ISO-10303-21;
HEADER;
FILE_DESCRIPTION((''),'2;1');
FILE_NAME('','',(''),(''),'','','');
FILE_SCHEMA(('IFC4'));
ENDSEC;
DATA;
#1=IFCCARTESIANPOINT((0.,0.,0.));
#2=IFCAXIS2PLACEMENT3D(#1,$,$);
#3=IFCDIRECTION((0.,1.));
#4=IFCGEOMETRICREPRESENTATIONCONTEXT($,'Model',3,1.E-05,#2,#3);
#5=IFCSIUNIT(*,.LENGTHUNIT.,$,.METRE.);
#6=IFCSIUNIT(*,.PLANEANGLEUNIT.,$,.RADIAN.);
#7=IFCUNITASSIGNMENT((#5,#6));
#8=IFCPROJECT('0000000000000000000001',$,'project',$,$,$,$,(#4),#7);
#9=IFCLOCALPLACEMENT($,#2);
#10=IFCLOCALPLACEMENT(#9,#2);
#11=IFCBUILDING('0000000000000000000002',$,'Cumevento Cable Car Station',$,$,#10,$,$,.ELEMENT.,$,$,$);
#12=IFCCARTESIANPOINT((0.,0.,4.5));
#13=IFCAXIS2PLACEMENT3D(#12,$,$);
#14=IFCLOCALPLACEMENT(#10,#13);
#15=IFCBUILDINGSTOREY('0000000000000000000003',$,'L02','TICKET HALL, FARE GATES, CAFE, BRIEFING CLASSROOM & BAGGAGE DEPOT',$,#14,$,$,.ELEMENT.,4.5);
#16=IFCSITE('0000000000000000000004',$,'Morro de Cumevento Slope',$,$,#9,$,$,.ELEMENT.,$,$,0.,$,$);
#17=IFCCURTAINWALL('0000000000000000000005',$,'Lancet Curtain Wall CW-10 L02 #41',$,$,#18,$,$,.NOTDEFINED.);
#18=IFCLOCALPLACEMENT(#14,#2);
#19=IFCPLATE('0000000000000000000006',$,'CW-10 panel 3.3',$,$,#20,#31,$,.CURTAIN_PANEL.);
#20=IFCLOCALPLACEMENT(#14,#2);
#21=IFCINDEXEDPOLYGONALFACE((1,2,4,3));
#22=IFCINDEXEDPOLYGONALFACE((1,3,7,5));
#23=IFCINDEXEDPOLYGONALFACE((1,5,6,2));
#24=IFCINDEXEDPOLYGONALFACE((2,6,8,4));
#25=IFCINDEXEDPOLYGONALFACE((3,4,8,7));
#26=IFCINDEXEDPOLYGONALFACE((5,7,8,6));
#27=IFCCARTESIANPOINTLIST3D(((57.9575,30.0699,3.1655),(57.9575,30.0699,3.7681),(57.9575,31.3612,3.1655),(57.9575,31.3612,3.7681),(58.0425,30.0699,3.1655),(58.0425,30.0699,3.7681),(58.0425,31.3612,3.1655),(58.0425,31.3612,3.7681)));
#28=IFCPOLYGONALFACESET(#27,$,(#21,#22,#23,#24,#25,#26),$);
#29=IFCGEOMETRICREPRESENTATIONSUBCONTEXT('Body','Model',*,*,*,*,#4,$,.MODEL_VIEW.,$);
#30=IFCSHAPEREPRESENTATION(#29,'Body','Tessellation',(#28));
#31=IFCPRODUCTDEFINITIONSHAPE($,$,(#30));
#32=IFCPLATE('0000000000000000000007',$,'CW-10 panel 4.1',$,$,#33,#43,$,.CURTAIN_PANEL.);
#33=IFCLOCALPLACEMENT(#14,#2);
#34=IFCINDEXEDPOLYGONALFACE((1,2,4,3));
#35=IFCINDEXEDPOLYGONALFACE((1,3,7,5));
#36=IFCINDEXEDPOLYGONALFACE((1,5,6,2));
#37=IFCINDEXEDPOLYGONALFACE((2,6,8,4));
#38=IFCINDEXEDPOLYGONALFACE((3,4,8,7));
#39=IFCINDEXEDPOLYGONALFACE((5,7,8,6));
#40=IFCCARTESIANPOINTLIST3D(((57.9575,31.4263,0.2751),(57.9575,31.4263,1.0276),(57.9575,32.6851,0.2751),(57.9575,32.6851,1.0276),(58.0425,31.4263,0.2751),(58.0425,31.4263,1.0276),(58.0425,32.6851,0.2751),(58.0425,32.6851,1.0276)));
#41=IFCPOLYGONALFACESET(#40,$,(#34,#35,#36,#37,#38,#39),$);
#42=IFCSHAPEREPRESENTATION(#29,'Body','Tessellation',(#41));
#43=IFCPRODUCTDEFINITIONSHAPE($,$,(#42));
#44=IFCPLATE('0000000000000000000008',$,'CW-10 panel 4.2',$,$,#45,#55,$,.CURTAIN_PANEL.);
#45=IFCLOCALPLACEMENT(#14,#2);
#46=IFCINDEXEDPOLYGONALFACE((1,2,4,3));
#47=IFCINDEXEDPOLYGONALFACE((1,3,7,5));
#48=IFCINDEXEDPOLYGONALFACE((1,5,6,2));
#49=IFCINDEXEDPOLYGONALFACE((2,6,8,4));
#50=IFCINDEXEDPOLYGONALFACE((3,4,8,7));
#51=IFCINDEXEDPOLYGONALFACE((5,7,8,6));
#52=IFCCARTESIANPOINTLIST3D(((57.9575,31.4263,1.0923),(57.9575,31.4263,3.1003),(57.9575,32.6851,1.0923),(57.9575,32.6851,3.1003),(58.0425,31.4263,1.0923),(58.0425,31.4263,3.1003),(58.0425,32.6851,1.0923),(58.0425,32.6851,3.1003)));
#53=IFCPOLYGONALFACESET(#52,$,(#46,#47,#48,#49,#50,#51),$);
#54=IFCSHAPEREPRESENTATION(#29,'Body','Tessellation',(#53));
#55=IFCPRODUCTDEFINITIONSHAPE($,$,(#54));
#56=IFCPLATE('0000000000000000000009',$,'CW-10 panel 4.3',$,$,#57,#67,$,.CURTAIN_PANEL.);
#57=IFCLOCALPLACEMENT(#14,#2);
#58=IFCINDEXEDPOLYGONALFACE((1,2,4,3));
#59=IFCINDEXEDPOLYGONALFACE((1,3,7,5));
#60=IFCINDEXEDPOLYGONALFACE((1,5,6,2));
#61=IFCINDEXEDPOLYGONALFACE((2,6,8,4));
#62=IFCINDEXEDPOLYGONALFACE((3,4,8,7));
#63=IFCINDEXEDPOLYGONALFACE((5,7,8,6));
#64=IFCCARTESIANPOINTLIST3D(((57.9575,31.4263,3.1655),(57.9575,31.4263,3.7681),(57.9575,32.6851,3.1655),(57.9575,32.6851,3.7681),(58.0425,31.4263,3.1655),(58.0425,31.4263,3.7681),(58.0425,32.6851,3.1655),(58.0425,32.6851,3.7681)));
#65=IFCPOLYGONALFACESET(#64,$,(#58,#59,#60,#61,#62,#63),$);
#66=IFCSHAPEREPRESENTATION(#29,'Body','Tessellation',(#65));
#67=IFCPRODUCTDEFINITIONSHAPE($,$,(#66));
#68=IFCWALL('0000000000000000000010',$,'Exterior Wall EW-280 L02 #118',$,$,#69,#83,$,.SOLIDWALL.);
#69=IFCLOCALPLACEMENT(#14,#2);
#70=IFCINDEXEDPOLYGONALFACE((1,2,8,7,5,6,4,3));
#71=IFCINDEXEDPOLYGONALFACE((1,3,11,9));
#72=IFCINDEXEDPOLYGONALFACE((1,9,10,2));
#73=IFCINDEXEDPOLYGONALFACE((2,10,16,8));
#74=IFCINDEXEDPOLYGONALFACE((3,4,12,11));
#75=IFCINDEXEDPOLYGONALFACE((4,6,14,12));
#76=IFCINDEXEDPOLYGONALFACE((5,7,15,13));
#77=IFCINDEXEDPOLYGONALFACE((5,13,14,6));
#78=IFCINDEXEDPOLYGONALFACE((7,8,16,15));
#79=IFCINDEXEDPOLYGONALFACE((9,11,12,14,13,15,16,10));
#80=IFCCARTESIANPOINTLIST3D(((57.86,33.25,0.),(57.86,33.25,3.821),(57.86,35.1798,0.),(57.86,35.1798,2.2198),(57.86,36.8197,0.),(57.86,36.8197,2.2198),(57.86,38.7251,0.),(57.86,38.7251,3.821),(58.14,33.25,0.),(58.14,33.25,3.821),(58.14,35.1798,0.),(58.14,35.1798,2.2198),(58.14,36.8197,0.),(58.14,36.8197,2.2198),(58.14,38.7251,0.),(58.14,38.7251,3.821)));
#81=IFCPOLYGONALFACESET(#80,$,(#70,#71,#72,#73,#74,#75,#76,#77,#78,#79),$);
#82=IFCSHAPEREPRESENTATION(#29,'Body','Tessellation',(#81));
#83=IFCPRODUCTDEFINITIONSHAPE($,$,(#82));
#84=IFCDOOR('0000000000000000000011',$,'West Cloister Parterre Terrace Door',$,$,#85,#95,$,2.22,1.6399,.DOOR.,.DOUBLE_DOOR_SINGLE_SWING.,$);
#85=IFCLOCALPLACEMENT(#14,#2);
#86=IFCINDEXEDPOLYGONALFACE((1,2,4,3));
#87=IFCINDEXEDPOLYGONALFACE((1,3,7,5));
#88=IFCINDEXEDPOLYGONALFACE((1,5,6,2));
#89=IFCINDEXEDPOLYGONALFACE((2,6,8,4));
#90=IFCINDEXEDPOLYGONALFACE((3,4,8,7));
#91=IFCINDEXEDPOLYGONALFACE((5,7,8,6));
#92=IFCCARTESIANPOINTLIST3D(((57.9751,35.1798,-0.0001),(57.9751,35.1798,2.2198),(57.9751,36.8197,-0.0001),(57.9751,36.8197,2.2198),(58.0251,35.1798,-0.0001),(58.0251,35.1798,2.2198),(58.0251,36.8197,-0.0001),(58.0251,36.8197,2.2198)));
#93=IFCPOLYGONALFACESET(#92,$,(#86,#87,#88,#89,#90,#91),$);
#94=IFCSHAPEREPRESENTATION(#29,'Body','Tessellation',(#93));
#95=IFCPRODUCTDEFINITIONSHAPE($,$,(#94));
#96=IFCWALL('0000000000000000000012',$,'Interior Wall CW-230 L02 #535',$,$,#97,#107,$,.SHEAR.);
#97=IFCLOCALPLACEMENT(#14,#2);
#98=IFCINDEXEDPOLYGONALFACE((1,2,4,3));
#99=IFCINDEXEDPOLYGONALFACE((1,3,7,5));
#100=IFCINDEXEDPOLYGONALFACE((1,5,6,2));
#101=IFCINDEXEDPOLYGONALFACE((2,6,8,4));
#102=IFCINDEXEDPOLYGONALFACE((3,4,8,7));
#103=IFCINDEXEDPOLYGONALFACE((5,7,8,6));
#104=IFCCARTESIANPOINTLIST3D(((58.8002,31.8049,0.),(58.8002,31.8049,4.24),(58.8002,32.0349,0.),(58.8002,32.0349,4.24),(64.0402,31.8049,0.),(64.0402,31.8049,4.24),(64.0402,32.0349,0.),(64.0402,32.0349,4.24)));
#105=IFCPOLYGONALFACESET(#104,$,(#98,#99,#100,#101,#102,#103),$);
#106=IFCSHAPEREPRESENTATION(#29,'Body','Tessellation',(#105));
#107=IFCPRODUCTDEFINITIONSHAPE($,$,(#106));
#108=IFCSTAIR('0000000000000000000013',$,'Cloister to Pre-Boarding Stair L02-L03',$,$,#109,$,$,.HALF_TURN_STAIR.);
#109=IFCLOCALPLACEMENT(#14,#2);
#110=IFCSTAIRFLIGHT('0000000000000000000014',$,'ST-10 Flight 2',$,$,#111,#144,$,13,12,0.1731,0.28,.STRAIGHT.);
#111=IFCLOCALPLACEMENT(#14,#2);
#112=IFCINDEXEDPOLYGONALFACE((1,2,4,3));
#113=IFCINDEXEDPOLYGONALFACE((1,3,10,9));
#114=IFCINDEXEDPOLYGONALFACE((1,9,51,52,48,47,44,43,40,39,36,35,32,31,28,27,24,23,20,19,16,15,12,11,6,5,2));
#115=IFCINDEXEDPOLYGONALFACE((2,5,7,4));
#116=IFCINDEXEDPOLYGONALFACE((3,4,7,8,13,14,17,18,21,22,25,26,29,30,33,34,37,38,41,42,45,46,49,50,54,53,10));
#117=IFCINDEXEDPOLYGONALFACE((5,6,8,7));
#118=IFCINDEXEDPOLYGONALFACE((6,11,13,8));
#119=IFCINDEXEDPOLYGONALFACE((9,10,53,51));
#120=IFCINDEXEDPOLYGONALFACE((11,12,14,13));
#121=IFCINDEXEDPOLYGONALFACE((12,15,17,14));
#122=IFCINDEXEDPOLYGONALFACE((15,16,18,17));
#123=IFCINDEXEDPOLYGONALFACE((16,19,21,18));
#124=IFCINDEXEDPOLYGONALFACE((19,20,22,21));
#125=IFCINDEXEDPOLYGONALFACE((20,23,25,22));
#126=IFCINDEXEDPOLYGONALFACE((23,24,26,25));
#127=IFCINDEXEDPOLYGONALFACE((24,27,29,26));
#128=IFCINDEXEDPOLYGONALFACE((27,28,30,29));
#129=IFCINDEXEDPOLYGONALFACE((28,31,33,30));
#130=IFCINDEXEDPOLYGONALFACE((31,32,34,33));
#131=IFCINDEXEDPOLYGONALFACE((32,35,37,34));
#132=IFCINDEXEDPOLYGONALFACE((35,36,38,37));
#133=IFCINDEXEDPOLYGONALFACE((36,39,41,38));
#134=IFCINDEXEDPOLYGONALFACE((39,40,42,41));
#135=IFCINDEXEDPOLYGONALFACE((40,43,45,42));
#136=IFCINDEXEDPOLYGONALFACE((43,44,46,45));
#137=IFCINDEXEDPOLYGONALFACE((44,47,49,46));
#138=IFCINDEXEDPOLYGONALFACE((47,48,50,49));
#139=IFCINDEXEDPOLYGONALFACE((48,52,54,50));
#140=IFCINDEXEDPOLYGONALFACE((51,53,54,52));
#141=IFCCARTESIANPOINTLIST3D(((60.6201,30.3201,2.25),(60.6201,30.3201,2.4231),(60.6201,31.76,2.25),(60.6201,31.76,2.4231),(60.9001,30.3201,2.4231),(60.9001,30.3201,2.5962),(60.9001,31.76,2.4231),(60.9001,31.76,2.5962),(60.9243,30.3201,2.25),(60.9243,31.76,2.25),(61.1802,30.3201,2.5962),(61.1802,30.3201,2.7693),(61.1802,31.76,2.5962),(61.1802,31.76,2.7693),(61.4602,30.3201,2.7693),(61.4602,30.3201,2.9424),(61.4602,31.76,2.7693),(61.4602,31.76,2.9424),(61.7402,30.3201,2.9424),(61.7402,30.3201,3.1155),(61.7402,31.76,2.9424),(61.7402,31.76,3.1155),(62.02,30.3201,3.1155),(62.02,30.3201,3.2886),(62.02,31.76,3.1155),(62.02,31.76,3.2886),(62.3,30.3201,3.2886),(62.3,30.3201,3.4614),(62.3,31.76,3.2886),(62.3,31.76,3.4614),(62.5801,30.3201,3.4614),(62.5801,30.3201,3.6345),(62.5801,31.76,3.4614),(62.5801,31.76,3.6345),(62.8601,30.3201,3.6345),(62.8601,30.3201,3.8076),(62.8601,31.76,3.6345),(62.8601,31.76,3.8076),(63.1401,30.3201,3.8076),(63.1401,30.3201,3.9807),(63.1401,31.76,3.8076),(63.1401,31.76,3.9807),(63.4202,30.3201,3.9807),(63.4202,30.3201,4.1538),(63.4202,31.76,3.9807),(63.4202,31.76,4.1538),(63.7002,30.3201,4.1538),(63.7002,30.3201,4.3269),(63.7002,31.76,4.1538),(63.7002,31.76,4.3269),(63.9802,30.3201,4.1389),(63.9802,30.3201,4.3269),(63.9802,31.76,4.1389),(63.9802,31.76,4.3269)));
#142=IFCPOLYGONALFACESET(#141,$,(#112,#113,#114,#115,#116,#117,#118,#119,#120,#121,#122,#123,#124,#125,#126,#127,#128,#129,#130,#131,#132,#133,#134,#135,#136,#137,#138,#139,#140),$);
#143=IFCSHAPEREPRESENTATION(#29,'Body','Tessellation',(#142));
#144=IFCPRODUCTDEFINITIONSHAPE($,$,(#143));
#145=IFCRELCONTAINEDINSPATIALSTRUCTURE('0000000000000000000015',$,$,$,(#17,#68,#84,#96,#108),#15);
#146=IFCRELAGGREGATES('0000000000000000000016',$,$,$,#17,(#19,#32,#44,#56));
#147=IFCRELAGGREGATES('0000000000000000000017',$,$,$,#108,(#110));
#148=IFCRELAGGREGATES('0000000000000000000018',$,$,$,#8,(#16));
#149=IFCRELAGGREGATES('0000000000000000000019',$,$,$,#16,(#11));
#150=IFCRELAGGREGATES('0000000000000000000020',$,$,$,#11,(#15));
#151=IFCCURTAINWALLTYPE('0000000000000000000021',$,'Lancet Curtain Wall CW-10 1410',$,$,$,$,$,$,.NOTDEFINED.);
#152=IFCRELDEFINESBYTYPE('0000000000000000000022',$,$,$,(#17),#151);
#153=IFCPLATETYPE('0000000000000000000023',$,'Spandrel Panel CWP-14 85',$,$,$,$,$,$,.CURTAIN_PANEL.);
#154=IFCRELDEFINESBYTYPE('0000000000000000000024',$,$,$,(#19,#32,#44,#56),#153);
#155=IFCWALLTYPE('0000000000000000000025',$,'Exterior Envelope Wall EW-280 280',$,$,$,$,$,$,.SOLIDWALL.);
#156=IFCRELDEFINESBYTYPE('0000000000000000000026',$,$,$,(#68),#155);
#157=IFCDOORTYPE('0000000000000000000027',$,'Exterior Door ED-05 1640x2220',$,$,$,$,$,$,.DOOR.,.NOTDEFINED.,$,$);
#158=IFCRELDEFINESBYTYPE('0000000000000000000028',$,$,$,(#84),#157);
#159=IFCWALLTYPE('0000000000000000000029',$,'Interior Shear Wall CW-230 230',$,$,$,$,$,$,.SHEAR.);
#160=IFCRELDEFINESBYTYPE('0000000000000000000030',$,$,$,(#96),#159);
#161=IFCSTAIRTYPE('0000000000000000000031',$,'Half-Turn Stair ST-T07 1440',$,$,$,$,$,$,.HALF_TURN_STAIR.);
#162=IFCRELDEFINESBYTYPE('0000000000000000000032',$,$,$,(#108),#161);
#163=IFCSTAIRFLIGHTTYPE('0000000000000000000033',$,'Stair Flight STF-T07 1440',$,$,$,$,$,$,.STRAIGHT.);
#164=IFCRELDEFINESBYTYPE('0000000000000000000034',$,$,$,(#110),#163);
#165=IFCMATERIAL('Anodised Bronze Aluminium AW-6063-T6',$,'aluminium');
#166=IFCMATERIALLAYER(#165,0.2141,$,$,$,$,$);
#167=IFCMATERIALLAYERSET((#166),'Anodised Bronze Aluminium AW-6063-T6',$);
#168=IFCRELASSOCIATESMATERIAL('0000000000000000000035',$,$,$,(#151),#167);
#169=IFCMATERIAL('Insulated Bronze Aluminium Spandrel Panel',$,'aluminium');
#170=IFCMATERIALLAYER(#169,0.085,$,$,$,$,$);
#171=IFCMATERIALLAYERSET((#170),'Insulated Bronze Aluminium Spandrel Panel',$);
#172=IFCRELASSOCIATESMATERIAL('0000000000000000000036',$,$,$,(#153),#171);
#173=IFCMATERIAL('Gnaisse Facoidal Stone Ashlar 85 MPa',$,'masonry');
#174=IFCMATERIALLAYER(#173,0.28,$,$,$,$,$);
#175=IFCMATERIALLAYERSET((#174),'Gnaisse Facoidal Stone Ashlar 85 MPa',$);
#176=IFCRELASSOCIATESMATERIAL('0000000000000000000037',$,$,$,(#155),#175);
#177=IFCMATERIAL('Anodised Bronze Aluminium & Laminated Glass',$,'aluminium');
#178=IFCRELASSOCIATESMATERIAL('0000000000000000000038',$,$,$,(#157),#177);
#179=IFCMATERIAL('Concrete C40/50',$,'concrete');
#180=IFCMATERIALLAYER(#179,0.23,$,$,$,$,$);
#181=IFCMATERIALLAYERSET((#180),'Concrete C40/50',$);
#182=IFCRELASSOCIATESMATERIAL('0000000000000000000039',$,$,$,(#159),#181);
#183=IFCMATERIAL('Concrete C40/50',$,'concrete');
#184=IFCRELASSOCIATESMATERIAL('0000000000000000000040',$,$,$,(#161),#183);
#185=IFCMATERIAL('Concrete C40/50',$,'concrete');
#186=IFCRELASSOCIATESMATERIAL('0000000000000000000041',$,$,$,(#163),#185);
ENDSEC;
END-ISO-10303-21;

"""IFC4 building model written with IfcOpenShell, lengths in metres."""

from ifc_helpers import new_model, si_unit, direction, frame, frame_2d, origin, origin_2d, place, context, subcontext, project, spatial, polyline, rectangle, outline, extrude, material, layer, layer_set, type_object, element, fill, aggregate, save


model = new_model("IFC4")

# Units and contexts
model_context = context("Model", 3, precision=1e-05, world=origin(), true_north=direction((0.0, 1.0)))
body_context = subcontext(model_context, "Body", "Model", "MODEL_VIEW")
ifc_project = project(units=[si_unit("LENGTHUNIT", "METRE"), si_unit("PLANEANGLEUNIT", "RADIAN")], contexts=[model_context])

# Site, building, storey
site_placement = place(None, origin())
site = spatial("IfcSite", under=ifc_project, at=site_placement, Name="Morro de Cumevento Slope", CompositionType="ELEMENT", RefElevation=0.0)
building_placement = place(site_placement, origin())
building = spatial("IfcBuilding", under=site, at=building_placement, Name="Cumevento Cable Car Station", CompositionType="ELEMENT")
storey_placement = place(building_placement, frame((0.0, 0.0, 4.5)))
storey = spatial("IfcBuildingStorey", under=building, at=storey_placement, Name="L02", Description="TICKET HALL, FARE GATES, CAFE, BRIEFING CLASSROOM & BAGGAGE DEPOT", CompositionType="ELEMENT", Elevation=4.5)

# Curtain wall
ifc_material_1 = material(Name="Anodised Bronze Aluminium AW-6063-T6", Category="aluminium")
ifc_layer_1 = layer(ifc_material_1, 0.2141)
ifc_layer_set_1 = layer_set([ifc_layer_1], Name="Anodised Bronze Aluminium AW-6063-T6")
curtain_wall_type = type_object("IfcCurtainWallType", Name="Lancet Curtain Wall CW-10 1410", PredefinedType="NOTDEFINED", material=ifc_layer_set_1)
curtain_wall_placement = place(storey_placement, origin())
curtain_wall = element("IfcCurtainWall", 1, at=curtain_wall_placement, inside=storey, type_object=curtain_wall_type, Name="Lancet Curtain Wall CW-10 L02 #41", PredefinedType="NOTDEFINED")

# Plates
ifc_material_2 = material(Name="Insulated Bronze Aluminium Spandrel Panel", Category="aluminium")
ifc_layer_2 = layer(ifc_material_2, 0.085)
ifc_layer_set_2 = layer_set([ifc_layer_2], Name="Insulated Bronze Aluminium Spandrel Panel")
plate_type = type_object("IfcPlateType", Name="Spandrel Panel CWP-14 85", PredefinedType="CURTAIN_PANEL", material=ifc_layer_set_2)
plate_1_placement = place(storey_placement, frame((58.0, 30.7156, 3.1655), z_axis=(0.0, 0.0, 1.0), x_axis=(0.0, 1.0, 0.0)))
plate_1 = element("IfcPlate", 2, at=plate_1_placement, type_object=plate_type, Name="CW-10 panel 3.3", PredefinedType="CURTAIN_PANEL", context=body_context, shape_type="SweptSolid", body=[
    extrude(rectangle(XDim=1.2913, YDim=0.085, at=origin_2d()), origin(), (0.0, 0.0, 1.0), 0.6025),
])
plate_2_placement = place(storey_placement, frame((58.0, 32.0557, 0.2751), z_axis=(0.0, 0.0, 1.0), x_axis=(0.0, 1.0, 0.0)))
plate_2 = element("IfcPlate", 3, at=plate_2_placement, type_object=plate_type, Name="CW-10 panel 4.1", PredefinedType="CURTAIN_PANEL", context=body_context, shape_type="SweptSolid", body=[
    extrude(rectangle(XDim=1.2588, YDim=0.085, at=origin_2d()), origin(), (0.0, 0.0, 1.0), 0.7524),
])
plate_3_placement = place(storey_placement, frame((58.0, 32.0557, 1.0923), z_axis=(0.0, 0.0, 1.0), x_axis=(0.0, 1.0, 0.0)))
plate_3 = element("IfcPlate", 4, at=plate_3_placement, type_object=plate_type, Name="CW-10 panel 4.2", PredefinedType="CURTAIN_PANEL", context=body_context, shape_type="SweptSolid", body=[
    extrude(rectangle(XDim=1.2588, YDim=0.085, at=origin_2d()), origin(), (0.0, 0.0, 1.0), 2.0081),
])
plate_4_placement = place(storey_placement, frame((58.0, 32.0557, 3.1655), z_axis=(0.0, 0.0, 1.0), x_axis=(0.0, 1.0, 0.0)))
plate_4 = element("IfcPlate", 5, at=plate_4_placement, type_object=plate_type, Name="CW-10 panel 4.3", PredefinedType="CURTAIN_PANEL", context=body_context, shape_type="SweptSolid", body=[
    extrude(rectangle(XDim=1.2588, YDim=0.085, at=origin_2d()), origin(), (0.0, 0.0, 1.0), 0.6025),
])
aggregate(curtain_wall, [plate_1, plate_2, plate_3, plate_4])

# Wall, opening, door
ifc_material_3 = material(Name="Gnaisse Facoidal Stone Ashlar 85 MPa", Category="masonry")
ifc_layer_3 = layer(ifc_material_3, 0.28)
ifc_layer_set_3 = layer_set([ifc_layer_3], Name="Gnaisse Facoidal Stone Ashlar 85 MPa")
wall_type_1 = type_object("IfcWallType", Name="Exterior Envelope Wall EW-280 280", PredefinedType="SOLIDWALL", material=ifc_layer_set_3)
wall_1_placement = place(storey_placement, frame((58.0, 33.25, 0.0), z_axis=(0.0, 0.0, 1.0), x_axis=(0.0, 1.0, 0.0)))
wall_1 = element("IfcWall", 6, at=wall_1_placement, inside=storey, type_object=wall_type_1, Name="Exterior Wall EW-280 L02 #118", PredefinedType="SOLIDWALL", context=body_context, shape_type="SweptSolid", body=[
    extrude(rectangle(XDim=5.4751, YDim=0.28, at=frame_2d((2.7375, 0.0))), origin(), (0.0, 0.0, 1.0), 3.821),
])
opening_placement = place(wall_1_placement, frame((1.9299, 0.0, 0.0)))
opening = element("IfcOpeningElement", 7, at=opening_placement, cuts=wall_1, PredefinedType="OPENING", context=body_context, shape_type="SweptSolid", body=[
    extrude(rectangle(XDim=1.6399, YDim=2.22, at=frame_2d((0.8198, 1.1099))), frame((0.0, 0.1501, 0.0), z_axis=(0.0, -1.0, 0.0), x_axis=(1.0, 0.0, 0.0)), (0.0, 0.0, 1.0), 0.3),
])
ifc_material_4 = material(Name="Anodised Bronze Aluminium & Laminated Glass", Category="aluminium")
door_type = type_object("IfcDoorType", Name="Exterior Door ED-05 1640x2220", OperationType="NOTDEFINED", PredefinedType="DOOR", material=ifc_material_4)
door_placement = place(opening_placement, origin())
door = element("IfcDoor", 8, at=door_placement, inside=storey, type_object=door_type, Name="West Cloister Parterre Terrace Door", OperationType="DOUBLE_DOOR_SINGLE_SWING", OverallHeight=2.22, OverallWidth=1.6399, PredefinedType="DOOR", context=body_context, shape_type="SweptSolid", body=[
    extrude(rectangle(XDim=1.6399, YDim=2.22, at=frame_2d((0.8198, 1.1099))), frame((0.0, 0.0249, 0.0), z_axis=(0.0, -1.0, 0.0), x_axis=(1.0, 0.0, 0.0)), (0.0, 0.0, 1.0), 0.05),
])
fill(opening, door)

# Wall
ifc_material_5 = material(Name="Concrete C40/50", Category="concrete")
ifc_layer_4 = layer(ifc_material_5, 0.23)
ifc_layer_set_4 = layer_set([ifc_layer_4], Name="Concrete C40/50")
wall_type_2 = type_object("IfcWallType", Name="Interior Shear Wall CW-230 230", PredefinedType="SHEAR", material=ifc_layer_set_4)
wall_2_placement = place(storey_placement, frame((58.8, 31.9199, 0.0), z_axis=(0.0, 0.0, 1.0), x_axis=(1.0, 0.0, 0.0)))
element("IfcWall", 9, at=wall_2_placement, inside=storey, type_object=wall_type_2, Name="Interior Wall CW-230 L02 #535", PredefinedType="SHEAR", context=body_context, shape_type="SweptSolid", body=[
    extrude(rectangle(XDim=5.24, YDim=0.23, at=frame_2d((2.6201, 0.0))), origin(), (0.0, 0.0, 1.0), 4.24),
])

# Stair, stair flight
ifc_material_6 = material(Name="Concrete C40/50", Category="concrete")
stair_type = type_object("IfcStairType", Name="Half-Turn Stair ST-T07 1440", PredefinedType="HALF_TURN_STAIR", material=ifc_material_6)
stair_placement = place(storey_placement, origin())
stair = element("IfcStair", 10, at=stair_placement, inside=storey, type_object=stair_type, Name="Cloister to Pre-Boarding Stair L02-L03", PredefinedType="HALF_TURN_STAIR")
ifc_material_7 = material(Name="Concrete C40/50", Category="concrete")
stair_flight_type = type_object("IfcStairFlightType", Name="Stair Flight STF-T07 1440", PredefinedType="STRAIGHT", material=ifc_material_7)
stair_flight_placement = place(storey_placement, frame((60.6201, 31.04, 2.25), z_axis=(0.0, 0.0, 1.0), x_axis=(1.0, 0.0, 0.0)))
stair_flight = element("IfcStairFlight", 11, at=stair_flight_placement, type_object=stair_flight_type, Name="ST-10 Flight 2", NumberOfRisers=13, NumberOfTreads=12, PredefinedType="STRAIGHT", RiserHeight=0.1731, TreadLength=0.28, context=body_context, shape_type="SweptSolid", body=[
    extrude(outline(polyline([(0.0, 0.0), (0.0, 0.1731), (0.28, 0.1731), (0.28, 0.3462), (0.5601, 0.3462), (0.5601, 0.5193), (0.8401, 0.5193), (0.8401, 0.6924), (1.1201, 0.6924), (1.1201, 0.8655), (1.3999, 0.8655), (1.3999, 1.0386), (1.6799, 1.0386), (1.6799, 1.2114), (1.96, 1.2114), (1.96, 1.3845), (2.24, 1.3845), (2.24, 1.5576), (2.52, 1.5576), (2.52, 1.7307), (2.8, 1.7307), (2.8, 1.9038), (3.0801, 1.9038), (3.0801, 2.0769), (3.3601, 2.0769), (3.3601, 2.25), (3.3601, 1.8889), (0.3042, 0.0), (0.0, 0.0)])), frame((0.0, 0.72, 0.0), z_axis=(0.0, -1.0, 0.0), x_axis=(1.0, 0.0, 0.0)), (0.0, 0.0, 1.0), 1.4399),
])
aggregate(stair, [stair_flight])

save(model, "model.ifc")
